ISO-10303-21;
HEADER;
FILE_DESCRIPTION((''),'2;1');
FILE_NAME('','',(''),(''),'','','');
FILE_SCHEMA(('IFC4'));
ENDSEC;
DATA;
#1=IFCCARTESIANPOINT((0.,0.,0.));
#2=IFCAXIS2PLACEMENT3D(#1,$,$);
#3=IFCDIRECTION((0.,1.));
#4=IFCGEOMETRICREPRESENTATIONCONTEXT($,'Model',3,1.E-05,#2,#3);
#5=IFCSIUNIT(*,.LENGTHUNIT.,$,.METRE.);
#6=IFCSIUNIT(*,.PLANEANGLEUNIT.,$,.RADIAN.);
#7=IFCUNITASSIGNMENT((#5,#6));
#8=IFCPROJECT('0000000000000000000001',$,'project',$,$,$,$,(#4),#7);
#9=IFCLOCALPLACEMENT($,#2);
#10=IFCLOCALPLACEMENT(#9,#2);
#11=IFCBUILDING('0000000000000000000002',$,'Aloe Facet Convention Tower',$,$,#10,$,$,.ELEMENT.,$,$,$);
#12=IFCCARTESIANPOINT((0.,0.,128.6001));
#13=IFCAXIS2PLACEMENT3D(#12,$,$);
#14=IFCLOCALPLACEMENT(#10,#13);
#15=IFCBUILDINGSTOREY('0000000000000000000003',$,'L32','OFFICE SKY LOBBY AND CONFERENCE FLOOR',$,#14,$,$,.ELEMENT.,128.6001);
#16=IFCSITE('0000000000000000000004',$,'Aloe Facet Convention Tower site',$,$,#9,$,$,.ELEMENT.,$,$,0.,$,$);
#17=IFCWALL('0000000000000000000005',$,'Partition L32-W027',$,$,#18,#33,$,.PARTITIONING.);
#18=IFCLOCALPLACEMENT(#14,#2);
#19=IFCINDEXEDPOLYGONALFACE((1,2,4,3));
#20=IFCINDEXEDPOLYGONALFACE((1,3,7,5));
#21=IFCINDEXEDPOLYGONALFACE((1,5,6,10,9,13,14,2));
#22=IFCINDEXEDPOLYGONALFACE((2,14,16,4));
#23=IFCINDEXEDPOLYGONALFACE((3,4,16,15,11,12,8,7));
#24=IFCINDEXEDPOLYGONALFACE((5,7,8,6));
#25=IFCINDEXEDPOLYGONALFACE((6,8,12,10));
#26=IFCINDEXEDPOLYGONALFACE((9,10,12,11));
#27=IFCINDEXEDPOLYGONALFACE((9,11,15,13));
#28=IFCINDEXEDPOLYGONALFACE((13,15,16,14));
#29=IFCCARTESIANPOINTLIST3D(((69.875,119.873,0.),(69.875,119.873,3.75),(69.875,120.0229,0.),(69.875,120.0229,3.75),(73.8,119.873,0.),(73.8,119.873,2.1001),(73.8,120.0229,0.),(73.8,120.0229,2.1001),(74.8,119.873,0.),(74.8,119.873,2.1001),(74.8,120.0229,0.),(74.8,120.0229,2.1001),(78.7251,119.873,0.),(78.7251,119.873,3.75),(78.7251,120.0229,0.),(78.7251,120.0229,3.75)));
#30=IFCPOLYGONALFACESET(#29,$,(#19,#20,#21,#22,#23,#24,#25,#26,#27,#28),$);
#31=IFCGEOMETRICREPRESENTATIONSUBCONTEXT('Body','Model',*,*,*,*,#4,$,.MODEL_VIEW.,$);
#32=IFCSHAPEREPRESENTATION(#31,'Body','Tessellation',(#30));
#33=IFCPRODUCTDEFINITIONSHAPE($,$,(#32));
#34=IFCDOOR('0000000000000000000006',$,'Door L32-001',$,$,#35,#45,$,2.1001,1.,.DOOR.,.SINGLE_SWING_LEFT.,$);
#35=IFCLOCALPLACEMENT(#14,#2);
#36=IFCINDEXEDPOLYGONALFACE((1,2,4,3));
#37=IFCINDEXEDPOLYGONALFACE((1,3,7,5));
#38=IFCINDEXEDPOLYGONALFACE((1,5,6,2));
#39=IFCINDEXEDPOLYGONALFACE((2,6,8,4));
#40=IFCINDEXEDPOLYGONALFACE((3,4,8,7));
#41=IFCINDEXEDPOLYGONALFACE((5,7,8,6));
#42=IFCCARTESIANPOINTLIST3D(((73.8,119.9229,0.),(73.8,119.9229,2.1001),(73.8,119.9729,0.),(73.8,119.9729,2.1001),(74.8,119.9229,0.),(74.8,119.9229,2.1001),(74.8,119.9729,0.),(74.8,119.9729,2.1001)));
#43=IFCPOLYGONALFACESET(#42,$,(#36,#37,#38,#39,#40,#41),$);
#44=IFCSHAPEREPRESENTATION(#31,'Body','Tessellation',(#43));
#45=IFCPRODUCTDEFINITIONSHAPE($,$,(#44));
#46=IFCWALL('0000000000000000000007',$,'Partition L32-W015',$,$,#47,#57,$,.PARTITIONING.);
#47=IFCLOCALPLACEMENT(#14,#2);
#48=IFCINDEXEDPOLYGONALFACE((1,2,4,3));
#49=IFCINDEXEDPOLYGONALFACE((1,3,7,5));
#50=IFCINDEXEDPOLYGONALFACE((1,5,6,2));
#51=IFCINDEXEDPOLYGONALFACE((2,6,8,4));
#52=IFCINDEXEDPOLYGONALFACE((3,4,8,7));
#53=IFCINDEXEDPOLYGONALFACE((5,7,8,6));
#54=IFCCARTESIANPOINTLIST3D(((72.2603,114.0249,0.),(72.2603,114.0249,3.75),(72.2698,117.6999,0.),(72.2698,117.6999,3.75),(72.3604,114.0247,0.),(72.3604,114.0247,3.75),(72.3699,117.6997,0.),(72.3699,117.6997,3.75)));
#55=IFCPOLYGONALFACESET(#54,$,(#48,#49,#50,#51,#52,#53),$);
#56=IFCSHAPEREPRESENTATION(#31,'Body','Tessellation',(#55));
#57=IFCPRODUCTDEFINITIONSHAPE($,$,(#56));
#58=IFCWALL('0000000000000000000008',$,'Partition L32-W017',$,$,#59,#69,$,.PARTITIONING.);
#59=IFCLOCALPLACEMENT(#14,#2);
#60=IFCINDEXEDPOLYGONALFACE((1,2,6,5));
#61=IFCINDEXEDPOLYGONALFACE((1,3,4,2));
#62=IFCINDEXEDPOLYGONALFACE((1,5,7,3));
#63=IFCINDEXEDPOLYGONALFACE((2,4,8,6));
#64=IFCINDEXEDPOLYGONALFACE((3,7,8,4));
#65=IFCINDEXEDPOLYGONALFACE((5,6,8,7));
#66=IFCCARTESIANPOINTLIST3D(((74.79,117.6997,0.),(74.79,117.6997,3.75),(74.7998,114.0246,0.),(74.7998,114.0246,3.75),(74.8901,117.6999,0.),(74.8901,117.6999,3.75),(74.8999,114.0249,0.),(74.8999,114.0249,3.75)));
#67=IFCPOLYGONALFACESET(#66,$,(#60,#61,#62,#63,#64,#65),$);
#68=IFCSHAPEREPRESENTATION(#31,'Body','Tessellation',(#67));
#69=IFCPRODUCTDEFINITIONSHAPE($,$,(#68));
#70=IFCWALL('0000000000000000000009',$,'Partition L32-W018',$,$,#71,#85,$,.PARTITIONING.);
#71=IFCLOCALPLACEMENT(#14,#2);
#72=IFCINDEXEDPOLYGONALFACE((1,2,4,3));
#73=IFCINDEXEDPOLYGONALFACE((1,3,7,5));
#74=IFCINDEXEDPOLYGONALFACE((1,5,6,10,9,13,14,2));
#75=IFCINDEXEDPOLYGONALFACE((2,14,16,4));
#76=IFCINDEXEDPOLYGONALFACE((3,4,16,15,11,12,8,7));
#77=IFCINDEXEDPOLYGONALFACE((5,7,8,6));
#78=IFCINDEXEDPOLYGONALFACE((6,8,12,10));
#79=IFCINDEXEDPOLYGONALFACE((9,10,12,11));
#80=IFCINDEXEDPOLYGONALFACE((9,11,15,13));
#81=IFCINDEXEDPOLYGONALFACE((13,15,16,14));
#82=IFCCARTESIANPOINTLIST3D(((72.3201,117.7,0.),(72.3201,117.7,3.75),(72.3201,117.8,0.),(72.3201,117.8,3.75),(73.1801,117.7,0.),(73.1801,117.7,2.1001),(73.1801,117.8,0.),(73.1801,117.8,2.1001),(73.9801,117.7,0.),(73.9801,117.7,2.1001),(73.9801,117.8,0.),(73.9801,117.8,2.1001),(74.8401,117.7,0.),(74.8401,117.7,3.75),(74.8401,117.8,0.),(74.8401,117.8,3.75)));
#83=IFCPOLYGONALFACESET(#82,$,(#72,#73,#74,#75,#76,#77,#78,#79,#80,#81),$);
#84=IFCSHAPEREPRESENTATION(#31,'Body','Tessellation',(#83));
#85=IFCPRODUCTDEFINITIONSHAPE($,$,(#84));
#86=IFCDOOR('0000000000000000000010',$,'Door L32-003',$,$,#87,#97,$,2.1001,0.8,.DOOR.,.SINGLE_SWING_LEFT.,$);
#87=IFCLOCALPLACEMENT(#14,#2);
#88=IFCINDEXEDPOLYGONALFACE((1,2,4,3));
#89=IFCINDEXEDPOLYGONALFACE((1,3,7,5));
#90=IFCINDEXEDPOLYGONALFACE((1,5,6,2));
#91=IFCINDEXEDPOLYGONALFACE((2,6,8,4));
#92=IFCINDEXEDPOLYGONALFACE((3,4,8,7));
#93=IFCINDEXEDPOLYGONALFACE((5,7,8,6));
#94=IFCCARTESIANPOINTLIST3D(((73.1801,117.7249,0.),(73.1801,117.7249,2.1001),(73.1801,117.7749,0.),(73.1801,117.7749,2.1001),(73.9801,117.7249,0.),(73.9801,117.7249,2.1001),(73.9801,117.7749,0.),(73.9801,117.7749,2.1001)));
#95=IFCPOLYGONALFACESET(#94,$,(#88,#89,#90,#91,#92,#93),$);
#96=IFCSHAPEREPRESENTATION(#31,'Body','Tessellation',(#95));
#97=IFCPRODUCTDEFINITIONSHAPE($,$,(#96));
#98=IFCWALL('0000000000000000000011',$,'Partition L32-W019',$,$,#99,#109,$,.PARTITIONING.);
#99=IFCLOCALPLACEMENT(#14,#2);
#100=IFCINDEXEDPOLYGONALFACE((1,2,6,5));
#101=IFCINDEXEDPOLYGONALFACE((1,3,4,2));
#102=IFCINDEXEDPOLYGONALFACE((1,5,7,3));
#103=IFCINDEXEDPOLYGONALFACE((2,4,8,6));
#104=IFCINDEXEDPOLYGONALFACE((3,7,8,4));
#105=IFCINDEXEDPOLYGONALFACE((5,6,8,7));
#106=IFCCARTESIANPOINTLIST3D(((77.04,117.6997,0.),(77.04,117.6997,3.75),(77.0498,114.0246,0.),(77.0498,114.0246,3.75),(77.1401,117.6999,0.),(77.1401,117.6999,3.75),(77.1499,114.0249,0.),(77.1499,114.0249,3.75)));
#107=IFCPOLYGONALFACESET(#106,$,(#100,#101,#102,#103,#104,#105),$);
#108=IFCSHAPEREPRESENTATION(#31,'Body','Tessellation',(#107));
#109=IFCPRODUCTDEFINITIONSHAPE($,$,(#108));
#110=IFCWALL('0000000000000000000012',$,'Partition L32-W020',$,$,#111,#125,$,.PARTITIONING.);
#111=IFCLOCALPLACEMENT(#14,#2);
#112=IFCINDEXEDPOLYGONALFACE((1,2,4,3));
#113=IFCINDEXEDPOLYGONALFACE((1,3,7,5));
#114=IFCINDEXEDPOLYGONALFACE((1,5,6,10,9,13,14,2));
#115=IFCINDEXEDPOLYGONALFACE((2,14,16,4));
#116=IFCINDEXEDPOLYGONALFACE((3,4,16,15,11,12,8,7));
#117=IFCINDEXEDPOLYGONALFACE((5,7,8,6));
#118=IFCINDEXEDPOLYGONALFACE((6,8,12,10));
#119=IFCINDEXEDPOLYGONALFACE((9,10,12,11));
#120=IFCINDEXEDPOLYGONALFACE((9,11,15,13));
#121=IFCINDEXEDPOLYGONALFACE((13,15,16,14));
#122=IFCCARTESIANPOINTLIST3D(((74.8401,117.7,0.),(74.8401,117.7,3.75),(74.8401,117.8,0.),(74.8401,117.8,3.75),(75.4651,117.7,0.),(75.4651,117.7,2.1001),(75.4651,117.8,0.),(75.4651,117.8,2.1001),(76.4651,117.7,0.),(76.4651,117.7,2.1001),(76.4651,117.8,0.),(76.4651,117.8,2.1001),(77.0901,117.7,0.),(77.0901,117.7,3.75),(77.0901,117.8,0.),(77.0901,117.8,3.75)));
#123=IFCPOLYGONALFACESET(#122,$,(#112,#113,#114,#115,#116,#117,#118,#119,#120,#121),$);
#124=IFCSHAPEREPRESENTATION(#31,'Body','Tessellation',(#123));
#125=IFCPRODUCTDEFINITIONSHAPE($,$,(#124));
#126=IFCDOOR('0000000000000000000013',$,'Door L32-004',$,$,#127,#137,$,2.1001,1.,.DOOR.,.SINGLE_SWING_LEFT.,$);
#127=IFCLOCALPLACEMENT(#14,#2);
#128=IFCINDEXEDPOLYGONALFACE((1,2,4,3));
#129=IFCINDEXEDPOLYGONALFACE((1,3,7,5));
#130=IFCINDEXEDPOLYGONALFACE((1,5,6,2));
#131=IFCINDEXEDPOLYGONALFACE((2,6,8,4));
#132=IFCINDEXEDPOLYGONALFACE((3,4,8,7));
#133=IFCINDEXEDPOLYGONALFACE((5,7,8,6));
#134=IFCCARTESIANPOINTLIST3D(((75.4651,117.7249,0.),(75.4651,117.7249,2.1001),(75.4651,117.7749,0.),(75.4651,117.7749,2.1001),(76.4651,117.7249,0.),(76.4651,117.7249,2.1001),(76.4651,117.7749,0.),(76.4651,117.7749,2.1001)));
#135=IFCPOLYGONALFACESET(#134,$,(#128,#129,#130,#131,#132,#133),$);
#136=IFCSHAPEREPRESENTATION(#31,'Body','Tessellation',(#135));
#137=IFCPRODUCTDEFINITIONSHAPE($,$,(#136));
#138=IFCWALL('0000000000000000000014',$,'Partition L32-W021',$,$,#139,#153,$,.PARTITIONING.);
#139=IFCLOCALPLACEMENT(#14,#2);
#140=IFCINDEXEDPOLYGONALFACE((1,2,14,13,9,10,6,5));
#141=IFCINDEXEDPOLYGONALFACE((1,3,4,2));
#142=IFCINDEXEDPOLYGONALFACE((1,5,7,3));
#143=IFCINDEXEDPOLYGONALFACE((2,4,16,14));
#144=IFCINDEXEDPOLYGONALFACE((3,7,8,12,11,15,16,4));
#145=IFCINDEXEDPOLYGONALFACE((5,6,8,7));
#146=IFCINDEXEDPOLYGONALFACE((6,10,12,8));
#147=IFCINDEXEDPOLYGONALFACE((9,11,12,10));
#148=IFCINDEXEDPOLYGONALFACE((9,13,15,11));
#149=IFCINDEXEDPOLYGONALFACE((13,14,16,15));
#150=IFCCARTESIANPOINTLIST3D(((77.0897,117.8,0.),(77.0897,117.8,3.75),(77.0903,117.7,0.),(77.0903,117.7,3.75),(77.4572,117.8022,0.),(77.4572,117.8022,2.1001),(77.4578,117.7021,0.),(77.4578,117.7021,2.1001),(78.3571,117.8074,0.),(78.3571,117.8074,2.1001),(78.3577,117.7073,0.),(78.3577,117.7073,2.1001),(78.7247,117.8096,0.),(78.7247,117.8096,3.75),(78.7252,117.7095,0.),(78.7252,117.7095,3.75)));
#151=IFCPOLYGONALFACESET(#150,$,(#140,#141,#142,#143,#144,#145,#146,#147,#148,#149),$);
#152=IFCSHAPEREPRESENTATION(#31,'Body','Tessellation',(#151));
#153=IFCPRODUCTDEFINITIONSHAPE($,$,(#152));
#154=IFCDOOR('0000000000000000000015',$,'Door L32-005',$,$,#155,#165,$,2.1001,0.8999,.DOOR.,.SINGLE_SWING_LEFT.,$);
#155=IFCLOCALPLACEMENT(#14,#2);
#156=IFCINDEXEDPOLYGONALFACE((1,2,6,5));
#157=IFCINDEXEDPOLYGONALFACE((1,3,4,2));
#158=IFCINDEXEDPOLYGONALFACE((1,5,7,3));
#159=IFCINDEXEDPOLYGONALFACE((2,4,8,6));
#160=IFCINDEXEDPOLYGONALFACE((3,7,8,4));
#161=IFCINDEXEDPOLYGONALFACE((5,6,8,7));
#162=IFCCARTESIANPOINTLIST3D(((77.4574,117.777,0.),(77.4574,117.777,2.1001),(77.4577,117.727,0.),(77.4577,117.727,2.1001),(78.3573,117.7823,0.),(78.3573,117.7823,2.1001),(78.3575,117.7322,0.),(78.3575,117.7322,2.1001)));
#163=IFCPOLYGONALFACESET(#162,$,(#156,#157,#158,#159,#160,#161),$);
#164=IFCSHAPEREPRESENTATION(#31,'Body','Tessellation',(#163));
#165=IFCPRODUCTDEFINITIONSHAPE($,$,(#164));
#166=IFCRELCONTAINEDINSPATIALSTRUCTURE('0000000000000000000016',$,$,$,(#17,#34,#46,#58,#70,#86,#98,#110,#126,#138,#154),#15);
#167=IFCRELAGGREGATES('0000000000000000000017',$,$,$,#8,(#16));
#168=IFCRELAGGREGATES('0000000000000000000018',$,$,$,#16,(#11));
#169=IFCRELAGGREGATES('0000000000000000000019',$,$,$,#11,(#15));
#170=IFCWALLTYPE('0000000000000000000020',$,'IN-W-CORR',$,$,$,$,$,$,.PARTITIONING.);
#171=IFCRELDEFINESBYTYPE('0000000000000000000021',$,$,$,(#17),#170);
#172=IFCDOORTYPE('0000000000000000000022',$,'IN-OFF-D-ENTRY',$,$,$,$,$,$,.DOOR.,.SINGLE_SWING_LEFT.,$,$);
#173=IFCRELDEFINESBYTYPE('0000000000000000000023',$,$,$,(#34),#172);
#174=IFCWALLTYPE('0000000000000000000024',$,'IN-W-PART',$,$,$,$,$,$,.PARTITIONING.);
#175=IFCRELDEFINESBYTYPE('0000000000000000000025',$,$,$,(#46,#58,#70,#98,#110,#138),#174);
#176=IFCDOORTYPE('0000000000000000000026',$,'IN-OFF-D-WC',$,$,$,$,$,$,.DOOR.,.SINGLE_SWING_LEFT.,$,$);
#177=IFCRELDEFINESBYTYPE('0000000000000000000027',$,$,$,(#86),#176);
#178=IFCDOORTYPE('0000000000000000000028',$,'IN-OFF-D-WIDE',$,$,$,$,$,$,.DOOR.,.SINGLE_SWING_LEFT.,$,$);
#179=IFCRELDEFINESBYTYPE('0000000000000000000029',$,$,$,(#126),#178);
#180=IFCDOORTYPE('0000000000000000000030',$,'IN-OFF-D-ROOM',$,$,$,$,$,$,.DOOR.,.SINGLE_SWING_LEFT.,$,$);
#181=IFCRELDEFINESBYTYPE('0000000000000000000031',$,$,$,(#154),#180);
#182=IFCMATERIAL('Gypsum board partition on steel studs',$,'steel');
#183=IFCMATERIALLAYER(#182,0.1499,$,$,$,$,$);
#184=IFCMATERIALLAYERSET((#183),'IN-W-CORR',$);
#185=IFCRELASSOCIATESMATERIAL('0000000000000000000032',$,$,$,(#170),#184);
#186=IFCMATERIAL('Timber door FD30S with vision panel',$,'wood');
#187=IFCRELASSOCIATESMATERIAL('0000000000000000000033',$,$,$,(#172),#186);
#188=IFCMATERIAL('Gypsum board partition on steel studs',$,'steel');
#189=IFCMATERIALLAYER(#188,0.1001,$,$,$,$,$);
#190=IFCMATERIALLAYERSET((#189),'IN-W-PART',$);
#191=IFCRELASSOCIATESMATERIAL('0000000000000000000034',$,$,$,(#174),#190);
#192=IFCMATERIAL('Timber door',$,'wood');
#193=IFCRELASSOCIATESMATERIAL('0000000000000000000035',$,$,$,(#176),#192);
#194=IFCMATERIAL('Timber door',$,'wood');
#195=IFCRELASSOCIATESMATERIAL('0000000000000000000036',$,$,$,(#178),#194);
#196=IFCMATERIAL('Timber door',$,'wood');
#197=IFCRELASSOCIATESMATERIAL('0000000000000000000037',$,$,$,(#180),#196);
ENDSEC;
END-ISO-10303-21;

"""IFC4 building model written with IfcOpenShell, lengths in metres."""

from ifc_helpers import new_model, si_unit, direction, frame, frame_2d, origin, place, context, subcontext, project, spatial, rectangle, extrude, material, layer, layer_set, type_object, element, fill, save


model = new_model("IFC4")

# Units and contexts
model_context = context("Model", 3, precision=1e-05, world=origin(), true_north=direction((0.0, 1.0)))
body_context = subcontext(model_context, "Body", "Model", "MODEL_VIEW")
ifc_project = project(units=[si_unit("LENGTHUNIT", "METRE"), si_unit("PLANEANGLEUNIT", "RADIAN")], contexts=[model_context])

# Site, building, storey
site_placement = place(None, origin())
site = spatial("IfcSite", under=ifc_project, at=site_placement, Name="Aloe Facet Convention Tower site", CompositionType="ELEMENT", RefElevation=0.0)
building_placement = place(site_placement, origin())
building = spatial("IfcBuilding", under=site, at=building_placement, Name="Aloe Facet Convention Tower", CompositionType="ELEMENT")
storey_placement = place(building_placement, frame((0.0, 0.0, 128.6001)))
storey = spatial("IfcBuildingStorey", under=building, at=storey_placement, Name="L32", Description="OFFICE SKY LOBBY AND CONFERENCE FLOOR", CompositionType="ELEMENT", Elevation=128.6001)

# Shared definitions
ifc_material_1 = material(Name="Gypsum board partition on steel studs", Category="steel")
ifc_layer_1 = layer(ifc_material_1, 0.1499)
ifc_layer_set_1 = layer_set([ifc_layer_1], Name="IN-W-CORR")
wall_type_1 = type_object("IfcWallType", Name="IN-W-CORR", PredefinedType="PARTITIONING", material=ifc_layer_set_1)

# Wall, opening, door
wall_1_placement = place(storey_placement, frame((69.875, 119.948, 0.0), z_axis=(0.0, 0.0, 1.0), x_axis=(1.0, 0.0, 0.0)))
wall_1 = element("IfcWall", 1, at=wall_1_placement, inside=storey, type_object=wall_type_1, Name="Partition L32-W027", PredefinedType="PARTITIONING", context=body_context, shape_type="SweptSolid", body=[
    extrude(rectangle(XDim=8.8501, YDim=0.1499, at=frame_2d((4.425, 0.0))), origin(), (0.0, 0.0, 1.0), 3.75),
])
opening_1_placement = place(wall_1_placement, frame((3.925, 0.0, 0.0)))
opening_1 = element("IfcOpeningElement", 2, at=opening_1_placement, cuts=wall_1, PredefinedType="OPENING", context=body_context, shape_type="SweptSolid", body=[
    extrude(rectangle(XDim=1.0, YDim=2.1001, at=frame_2d((0.5, 1.05))), frame((0.0, 0.085, 0.0), z_axis=(0.0, -1.0, 0.0), x_axis=(1.0, 0.0, 0.0)), (0.0, 0.0, 1.0), 0.1699),
])
ifc_material_2 = material(Name="Timber door FD30S with vision panel", Category="wood")
door_type_1 = type_object("IfcDoorType", Name="IN-OFF-D-ENTRY", OperationType="SINGLE_SWING_LEFT", PredefinedType="DOOR", material=ifc_material_2)
door_1_placement = place(opening_1_placement, origin())
door_1 = element("IfcDoor", 3, at=door_1_placement, inside=storey, type_object=door_type_1, Name="Door L32-001", OperationType="SINGLE_SWING_LEFT", OverallHeight=2.1001, OverallWidth=1.0, PredefinedType="DOOR", context=body_context, shape_type="SweptSolid", body=[
    extrude(rectangle(XDim=1.0, YDim=2.1001, at=frame_2d((0.5, 1.05))), frame((0.0, 0.0249, 0.0), z_axis=(0.0, -1.0, 0.0), x_axis=(1.0, 0.0, 0.0)), (0.0, 0.0, 1.0), 0.05),
])
fill(opening_1, door_1)

# Walls
ifc_material_3 = material(Name="Gypsum board partition on steel studs", Category="steel")
ifc_layer_2 = layer(ifc_material_3, 0.1001)
ifc_layer_set_2 = layer_set([ifc_layer_2], Name="IN-W-PART")
wall_type_2 = type_object("IfcWallType", Name="IN-W-PART", PredefinedType="PARTITIONING", material=ifc_layer_set_2)
for number, where, z_axis, x_axis, name in (
    (4, (72.3103, 114.0249, 0.0), (0.0, 0.0, 1.0), (0.002591, 0.999997, 0.0), "Partition L32-W015"),
    (5, (74.8499, 114.0249, 0.0), (0.0, 0.0, 1.0), (-0.002657, 0.999996, 0.0), "Partition L32-W017"),
):
    element("IfcWall", number, at=place(storey_placement, frame(where, z_axis=z_axis, x_axis=x_axis)), inside=storey, type_object=wall_type_2, Name=name, PredefinedType="PARTITIONING", context=body_context, shape_type="SweptSolid", body=[
        extrude(rectangle(XDim=3.675, YDim=0.1001, at=frame_2d((1.8374, 0.0))), origin(), (0.0, 0.0, 1.0), 3.75),
    ])

# Wall, opening, door
wall_2_placement = place(storey_placement, frame((72.3201, 117.75, 0.0), z_axis=(0.0, 0.0, 1.0), x_axis=(1.0, 0.0, 0.0)))
wall_2 = element("IfcWall", 6, at=wall_2_placement, inside=storey, type_object=wall_type_2, Name="Partition L32-W018", PredefinedType="PARTITIONING", context=body_context, shape_type="SweptSolid", body=[
    extrude(rectangle(XDim=2.52, YDim=0.1001, at=frame_2d((1.26, 0.0))), origin(), (0.0, 0.0, 1.0), 3.75),
])
opening_2_placement = place(wall_2_placement, frame((0.8601, 0.0, 0.0)))
opening_2 = element("IfcOpeningElement", 7, at=opening_2_placement, cuts=wall_2, PredefinedType="OPENING", context=body_context, shape_type="SweptSolid", body=[
    extrude(rectangle(XDim=0.8, YDim=2.1001, at=frame_2d((0.3999, 1.05))), frame((0.0, 0.0601, 0.0), z_axis=(0.0, -1.0, 0.0), x_axis=(1.0, 0.0, 0.0)), (0.0, 0.0, 1.0), 0.1201),
])
ifc_material_4 = material(Name="Timber door", Category="wood")
door_type_2 = type_object("IfcDoorType", Name="IN-OFF-D-WC", OperationType="SINGLE_SWING_LEFT", PredefinedType="DOOR", material=ifc_material_4)
door_2_placement = place(opening_2_placement, origin())
door_2 = element("IfcDoor", 8, at=door_2_placement, inside=storey, type_object=door_type_2, Name="Door L32-003", OperationType="SINGLE_SWING_LEFT", OverallHeight=2.1001, OverallWidth=0.8, PredefinedType="DOOR", context=body_context, shape_type="SweptSolid", body=[
    extrude(rectangle(XDim=0.8, YDim=2.1001, at=frame_2d((0.3999, 1.05))), frame((0.0, 0.0249, 0.0), z_axis=(0.0, -1.0, 0.0), x_axis=(1.0, 0.0, 0.0)), (0.0, 0.0, 1.0), 0.05),
])
fill(opening_2, door_2)

# Wall
wall_3_placement = place(storey_placement, frame((77.0999, 114.0249, 0.0), z_axis=(0.0, 0.0, 1.0), x_axis=(-0.002657, 0.999996, 0.0)))
element("IfcWall", 9, at=wall_3_placement, inside=storey, type_object=wall_type_2, Name="Partition L32-W019", PredefinedType="PARTITIONING", context=body_context, shape_type="SweptSolid", body=[
    extrude(rectangle(XDim=3.675, YDim=0.1001, at=frame_2d((1.8374, 0.0))), origin(), (0.0, 0.0, 1.0), 3.75),
])

# Walls, openings, doors
wall_4_placement = place(storey_placement, frame((74.8401, 117.75, 0.0), z_axis=(0.0, 0.0, 1.0), x_axis=(1.0, 0.0, 0.0)))
wall_4 = element("IfcWall", 10, at=wall_4_placement, inside=storey, type_object=wall_type_2, Name="Partition L32-W020", PredefinedType="PARTITIONING", context=body_context, shape_type="SweptSolid", body=[
    extrude(rectangle(XDim=2.25, YDim=0.1001, at=frame_2d((1.125, 0.0))), origin(), (0.0, 0.0, 1.0), 3.75),
])
opening_3_placement = place(wall_4_placement, frame((0.625, 0.0, 0.0)))
opening_3 = element("IfcOpeningElement", 11, at=opening_3_placement, cuts=wall_4, PredefinedType="OPENING", context=body_context, shape_type="SweptSolid", body=[
    extrude(rectangle(XDim=1.0, YDim=2.1001, at=frame_2d((0.5, 1.05))), frame((0.0, 0.0601, 0.0), z_axis=(0.0, -1.0, 0.0), x_axis=(1.0, 0.0, 0.0)), (0.0, 0.0, 1.0), 0.1201),
])
ifc_material_5 = material(Name="Timber door", Category="wood")
door_type_3 = type_object("IfcDoorType", Name="IN-OFF-D-WIDE", OperationType="SINGLE_SWING_LEFT", PredefinedType="DOOR", material=ifc_material_5)
door_3_placement = place(opening_3_placement, origin())
door_3 = element("IfcDoor", 12, at=door_3_placement, inside=storey, type_object=door_type_3, Name="Door L32-004", OperationType="SINGLE_SWING_LEFT", OverallHeight=2.1001, OverallWidth=1.0, PredefinedType="DOOR", context=body_context, shape_type="SweptSolid", body=[
    extrude(rectangle(XDim=1.0, YDim=2.1001, at=frame_2d((0.5, 1.05))), frame((0.0, 0.0249, 0.0), z_axis=(0.0, -1.0, 0.0), x_axis=(1.0, 0.0, 0.0)), (0.0, 0.0, 1.0), 0.05),
])
fill(opening_3, door_3)
wall_5_placement = place(storey_placement, frame((77.0901, 117.75, 0.0), z_axis=(0.0, 0.0, 1.0), x_axis=(0.999983, 0.005823, 0.0)))
wall_5 = element("IfcWall", 13, at=wall_5_placement, inside=storey, type_object=wall_type_2, Name="Partition L32-W021", PredefinedType="PARTITIONING", context=body_context, shape_type="SweptSolid", body=[
    extrude(rectangle(XDim=1.635, YDim=0.1001, at=frame_2d((0.8174, 0.0))), origin(), (0.0, 0.0, 1.0), 3.75),
])
opening_4_placement = place(wall_5_placement, frame((0.3674, 0.0, 0.0)))
opening_4 = element("IfcOpeningElement", 14, at=opening_4_placement, cuts=wall_5, PredefinedType="OPENING", context=body_context, shape_type="SweptSolid", body=[
    extrude(rectangle(XDim=0.8999, YDim=2.1001, at=frame_2d((0.45, 1.05))), frame((0.0, 0.0601, 0.0), z_axis=(0.0, -1.0, 0.0), x_axis=(1.0, 0.0, 0.0)), (0.0, 0.0, 1.0), 0.1201),
])
ifc_material_6 = material(Name="Timber door", Category="wood")
door_type_4 = type_object("IfcDoorType", Name="IN-OFF-D-ROOM", OperationType="SINGLE_SWING_LEFT", PredefinedType="DOOR", material=ifc_material_6)
door_4_placement = place(opening_4_placement, origin())
door_4 = element("IfcDoor", 15, at=door_4_placement, inside=storey, type_object=door_type_4, Name="Door L32-005", OperationType="SINGLE_SWING_LEFT", OverallHeight=2.1001, OverallWidth=0.8999, PredefinedType="DOOR", context=body_context, shape_type="SweptSolid", body=[
    extrude(rectangle(XDim=0.8999, YDim=2.1001, at=frame_2d((0.45, 1.05))), frame((0.0, 0.0249, 0.0), z_axis=(0.0, -1.0, 0.0), x_axis=(1.0, 0.0, 0.0)), (0.0, 0.0, 1.0), 0.05),
])
fill(opening_4, door_4)

save(model, "model.ifc")
